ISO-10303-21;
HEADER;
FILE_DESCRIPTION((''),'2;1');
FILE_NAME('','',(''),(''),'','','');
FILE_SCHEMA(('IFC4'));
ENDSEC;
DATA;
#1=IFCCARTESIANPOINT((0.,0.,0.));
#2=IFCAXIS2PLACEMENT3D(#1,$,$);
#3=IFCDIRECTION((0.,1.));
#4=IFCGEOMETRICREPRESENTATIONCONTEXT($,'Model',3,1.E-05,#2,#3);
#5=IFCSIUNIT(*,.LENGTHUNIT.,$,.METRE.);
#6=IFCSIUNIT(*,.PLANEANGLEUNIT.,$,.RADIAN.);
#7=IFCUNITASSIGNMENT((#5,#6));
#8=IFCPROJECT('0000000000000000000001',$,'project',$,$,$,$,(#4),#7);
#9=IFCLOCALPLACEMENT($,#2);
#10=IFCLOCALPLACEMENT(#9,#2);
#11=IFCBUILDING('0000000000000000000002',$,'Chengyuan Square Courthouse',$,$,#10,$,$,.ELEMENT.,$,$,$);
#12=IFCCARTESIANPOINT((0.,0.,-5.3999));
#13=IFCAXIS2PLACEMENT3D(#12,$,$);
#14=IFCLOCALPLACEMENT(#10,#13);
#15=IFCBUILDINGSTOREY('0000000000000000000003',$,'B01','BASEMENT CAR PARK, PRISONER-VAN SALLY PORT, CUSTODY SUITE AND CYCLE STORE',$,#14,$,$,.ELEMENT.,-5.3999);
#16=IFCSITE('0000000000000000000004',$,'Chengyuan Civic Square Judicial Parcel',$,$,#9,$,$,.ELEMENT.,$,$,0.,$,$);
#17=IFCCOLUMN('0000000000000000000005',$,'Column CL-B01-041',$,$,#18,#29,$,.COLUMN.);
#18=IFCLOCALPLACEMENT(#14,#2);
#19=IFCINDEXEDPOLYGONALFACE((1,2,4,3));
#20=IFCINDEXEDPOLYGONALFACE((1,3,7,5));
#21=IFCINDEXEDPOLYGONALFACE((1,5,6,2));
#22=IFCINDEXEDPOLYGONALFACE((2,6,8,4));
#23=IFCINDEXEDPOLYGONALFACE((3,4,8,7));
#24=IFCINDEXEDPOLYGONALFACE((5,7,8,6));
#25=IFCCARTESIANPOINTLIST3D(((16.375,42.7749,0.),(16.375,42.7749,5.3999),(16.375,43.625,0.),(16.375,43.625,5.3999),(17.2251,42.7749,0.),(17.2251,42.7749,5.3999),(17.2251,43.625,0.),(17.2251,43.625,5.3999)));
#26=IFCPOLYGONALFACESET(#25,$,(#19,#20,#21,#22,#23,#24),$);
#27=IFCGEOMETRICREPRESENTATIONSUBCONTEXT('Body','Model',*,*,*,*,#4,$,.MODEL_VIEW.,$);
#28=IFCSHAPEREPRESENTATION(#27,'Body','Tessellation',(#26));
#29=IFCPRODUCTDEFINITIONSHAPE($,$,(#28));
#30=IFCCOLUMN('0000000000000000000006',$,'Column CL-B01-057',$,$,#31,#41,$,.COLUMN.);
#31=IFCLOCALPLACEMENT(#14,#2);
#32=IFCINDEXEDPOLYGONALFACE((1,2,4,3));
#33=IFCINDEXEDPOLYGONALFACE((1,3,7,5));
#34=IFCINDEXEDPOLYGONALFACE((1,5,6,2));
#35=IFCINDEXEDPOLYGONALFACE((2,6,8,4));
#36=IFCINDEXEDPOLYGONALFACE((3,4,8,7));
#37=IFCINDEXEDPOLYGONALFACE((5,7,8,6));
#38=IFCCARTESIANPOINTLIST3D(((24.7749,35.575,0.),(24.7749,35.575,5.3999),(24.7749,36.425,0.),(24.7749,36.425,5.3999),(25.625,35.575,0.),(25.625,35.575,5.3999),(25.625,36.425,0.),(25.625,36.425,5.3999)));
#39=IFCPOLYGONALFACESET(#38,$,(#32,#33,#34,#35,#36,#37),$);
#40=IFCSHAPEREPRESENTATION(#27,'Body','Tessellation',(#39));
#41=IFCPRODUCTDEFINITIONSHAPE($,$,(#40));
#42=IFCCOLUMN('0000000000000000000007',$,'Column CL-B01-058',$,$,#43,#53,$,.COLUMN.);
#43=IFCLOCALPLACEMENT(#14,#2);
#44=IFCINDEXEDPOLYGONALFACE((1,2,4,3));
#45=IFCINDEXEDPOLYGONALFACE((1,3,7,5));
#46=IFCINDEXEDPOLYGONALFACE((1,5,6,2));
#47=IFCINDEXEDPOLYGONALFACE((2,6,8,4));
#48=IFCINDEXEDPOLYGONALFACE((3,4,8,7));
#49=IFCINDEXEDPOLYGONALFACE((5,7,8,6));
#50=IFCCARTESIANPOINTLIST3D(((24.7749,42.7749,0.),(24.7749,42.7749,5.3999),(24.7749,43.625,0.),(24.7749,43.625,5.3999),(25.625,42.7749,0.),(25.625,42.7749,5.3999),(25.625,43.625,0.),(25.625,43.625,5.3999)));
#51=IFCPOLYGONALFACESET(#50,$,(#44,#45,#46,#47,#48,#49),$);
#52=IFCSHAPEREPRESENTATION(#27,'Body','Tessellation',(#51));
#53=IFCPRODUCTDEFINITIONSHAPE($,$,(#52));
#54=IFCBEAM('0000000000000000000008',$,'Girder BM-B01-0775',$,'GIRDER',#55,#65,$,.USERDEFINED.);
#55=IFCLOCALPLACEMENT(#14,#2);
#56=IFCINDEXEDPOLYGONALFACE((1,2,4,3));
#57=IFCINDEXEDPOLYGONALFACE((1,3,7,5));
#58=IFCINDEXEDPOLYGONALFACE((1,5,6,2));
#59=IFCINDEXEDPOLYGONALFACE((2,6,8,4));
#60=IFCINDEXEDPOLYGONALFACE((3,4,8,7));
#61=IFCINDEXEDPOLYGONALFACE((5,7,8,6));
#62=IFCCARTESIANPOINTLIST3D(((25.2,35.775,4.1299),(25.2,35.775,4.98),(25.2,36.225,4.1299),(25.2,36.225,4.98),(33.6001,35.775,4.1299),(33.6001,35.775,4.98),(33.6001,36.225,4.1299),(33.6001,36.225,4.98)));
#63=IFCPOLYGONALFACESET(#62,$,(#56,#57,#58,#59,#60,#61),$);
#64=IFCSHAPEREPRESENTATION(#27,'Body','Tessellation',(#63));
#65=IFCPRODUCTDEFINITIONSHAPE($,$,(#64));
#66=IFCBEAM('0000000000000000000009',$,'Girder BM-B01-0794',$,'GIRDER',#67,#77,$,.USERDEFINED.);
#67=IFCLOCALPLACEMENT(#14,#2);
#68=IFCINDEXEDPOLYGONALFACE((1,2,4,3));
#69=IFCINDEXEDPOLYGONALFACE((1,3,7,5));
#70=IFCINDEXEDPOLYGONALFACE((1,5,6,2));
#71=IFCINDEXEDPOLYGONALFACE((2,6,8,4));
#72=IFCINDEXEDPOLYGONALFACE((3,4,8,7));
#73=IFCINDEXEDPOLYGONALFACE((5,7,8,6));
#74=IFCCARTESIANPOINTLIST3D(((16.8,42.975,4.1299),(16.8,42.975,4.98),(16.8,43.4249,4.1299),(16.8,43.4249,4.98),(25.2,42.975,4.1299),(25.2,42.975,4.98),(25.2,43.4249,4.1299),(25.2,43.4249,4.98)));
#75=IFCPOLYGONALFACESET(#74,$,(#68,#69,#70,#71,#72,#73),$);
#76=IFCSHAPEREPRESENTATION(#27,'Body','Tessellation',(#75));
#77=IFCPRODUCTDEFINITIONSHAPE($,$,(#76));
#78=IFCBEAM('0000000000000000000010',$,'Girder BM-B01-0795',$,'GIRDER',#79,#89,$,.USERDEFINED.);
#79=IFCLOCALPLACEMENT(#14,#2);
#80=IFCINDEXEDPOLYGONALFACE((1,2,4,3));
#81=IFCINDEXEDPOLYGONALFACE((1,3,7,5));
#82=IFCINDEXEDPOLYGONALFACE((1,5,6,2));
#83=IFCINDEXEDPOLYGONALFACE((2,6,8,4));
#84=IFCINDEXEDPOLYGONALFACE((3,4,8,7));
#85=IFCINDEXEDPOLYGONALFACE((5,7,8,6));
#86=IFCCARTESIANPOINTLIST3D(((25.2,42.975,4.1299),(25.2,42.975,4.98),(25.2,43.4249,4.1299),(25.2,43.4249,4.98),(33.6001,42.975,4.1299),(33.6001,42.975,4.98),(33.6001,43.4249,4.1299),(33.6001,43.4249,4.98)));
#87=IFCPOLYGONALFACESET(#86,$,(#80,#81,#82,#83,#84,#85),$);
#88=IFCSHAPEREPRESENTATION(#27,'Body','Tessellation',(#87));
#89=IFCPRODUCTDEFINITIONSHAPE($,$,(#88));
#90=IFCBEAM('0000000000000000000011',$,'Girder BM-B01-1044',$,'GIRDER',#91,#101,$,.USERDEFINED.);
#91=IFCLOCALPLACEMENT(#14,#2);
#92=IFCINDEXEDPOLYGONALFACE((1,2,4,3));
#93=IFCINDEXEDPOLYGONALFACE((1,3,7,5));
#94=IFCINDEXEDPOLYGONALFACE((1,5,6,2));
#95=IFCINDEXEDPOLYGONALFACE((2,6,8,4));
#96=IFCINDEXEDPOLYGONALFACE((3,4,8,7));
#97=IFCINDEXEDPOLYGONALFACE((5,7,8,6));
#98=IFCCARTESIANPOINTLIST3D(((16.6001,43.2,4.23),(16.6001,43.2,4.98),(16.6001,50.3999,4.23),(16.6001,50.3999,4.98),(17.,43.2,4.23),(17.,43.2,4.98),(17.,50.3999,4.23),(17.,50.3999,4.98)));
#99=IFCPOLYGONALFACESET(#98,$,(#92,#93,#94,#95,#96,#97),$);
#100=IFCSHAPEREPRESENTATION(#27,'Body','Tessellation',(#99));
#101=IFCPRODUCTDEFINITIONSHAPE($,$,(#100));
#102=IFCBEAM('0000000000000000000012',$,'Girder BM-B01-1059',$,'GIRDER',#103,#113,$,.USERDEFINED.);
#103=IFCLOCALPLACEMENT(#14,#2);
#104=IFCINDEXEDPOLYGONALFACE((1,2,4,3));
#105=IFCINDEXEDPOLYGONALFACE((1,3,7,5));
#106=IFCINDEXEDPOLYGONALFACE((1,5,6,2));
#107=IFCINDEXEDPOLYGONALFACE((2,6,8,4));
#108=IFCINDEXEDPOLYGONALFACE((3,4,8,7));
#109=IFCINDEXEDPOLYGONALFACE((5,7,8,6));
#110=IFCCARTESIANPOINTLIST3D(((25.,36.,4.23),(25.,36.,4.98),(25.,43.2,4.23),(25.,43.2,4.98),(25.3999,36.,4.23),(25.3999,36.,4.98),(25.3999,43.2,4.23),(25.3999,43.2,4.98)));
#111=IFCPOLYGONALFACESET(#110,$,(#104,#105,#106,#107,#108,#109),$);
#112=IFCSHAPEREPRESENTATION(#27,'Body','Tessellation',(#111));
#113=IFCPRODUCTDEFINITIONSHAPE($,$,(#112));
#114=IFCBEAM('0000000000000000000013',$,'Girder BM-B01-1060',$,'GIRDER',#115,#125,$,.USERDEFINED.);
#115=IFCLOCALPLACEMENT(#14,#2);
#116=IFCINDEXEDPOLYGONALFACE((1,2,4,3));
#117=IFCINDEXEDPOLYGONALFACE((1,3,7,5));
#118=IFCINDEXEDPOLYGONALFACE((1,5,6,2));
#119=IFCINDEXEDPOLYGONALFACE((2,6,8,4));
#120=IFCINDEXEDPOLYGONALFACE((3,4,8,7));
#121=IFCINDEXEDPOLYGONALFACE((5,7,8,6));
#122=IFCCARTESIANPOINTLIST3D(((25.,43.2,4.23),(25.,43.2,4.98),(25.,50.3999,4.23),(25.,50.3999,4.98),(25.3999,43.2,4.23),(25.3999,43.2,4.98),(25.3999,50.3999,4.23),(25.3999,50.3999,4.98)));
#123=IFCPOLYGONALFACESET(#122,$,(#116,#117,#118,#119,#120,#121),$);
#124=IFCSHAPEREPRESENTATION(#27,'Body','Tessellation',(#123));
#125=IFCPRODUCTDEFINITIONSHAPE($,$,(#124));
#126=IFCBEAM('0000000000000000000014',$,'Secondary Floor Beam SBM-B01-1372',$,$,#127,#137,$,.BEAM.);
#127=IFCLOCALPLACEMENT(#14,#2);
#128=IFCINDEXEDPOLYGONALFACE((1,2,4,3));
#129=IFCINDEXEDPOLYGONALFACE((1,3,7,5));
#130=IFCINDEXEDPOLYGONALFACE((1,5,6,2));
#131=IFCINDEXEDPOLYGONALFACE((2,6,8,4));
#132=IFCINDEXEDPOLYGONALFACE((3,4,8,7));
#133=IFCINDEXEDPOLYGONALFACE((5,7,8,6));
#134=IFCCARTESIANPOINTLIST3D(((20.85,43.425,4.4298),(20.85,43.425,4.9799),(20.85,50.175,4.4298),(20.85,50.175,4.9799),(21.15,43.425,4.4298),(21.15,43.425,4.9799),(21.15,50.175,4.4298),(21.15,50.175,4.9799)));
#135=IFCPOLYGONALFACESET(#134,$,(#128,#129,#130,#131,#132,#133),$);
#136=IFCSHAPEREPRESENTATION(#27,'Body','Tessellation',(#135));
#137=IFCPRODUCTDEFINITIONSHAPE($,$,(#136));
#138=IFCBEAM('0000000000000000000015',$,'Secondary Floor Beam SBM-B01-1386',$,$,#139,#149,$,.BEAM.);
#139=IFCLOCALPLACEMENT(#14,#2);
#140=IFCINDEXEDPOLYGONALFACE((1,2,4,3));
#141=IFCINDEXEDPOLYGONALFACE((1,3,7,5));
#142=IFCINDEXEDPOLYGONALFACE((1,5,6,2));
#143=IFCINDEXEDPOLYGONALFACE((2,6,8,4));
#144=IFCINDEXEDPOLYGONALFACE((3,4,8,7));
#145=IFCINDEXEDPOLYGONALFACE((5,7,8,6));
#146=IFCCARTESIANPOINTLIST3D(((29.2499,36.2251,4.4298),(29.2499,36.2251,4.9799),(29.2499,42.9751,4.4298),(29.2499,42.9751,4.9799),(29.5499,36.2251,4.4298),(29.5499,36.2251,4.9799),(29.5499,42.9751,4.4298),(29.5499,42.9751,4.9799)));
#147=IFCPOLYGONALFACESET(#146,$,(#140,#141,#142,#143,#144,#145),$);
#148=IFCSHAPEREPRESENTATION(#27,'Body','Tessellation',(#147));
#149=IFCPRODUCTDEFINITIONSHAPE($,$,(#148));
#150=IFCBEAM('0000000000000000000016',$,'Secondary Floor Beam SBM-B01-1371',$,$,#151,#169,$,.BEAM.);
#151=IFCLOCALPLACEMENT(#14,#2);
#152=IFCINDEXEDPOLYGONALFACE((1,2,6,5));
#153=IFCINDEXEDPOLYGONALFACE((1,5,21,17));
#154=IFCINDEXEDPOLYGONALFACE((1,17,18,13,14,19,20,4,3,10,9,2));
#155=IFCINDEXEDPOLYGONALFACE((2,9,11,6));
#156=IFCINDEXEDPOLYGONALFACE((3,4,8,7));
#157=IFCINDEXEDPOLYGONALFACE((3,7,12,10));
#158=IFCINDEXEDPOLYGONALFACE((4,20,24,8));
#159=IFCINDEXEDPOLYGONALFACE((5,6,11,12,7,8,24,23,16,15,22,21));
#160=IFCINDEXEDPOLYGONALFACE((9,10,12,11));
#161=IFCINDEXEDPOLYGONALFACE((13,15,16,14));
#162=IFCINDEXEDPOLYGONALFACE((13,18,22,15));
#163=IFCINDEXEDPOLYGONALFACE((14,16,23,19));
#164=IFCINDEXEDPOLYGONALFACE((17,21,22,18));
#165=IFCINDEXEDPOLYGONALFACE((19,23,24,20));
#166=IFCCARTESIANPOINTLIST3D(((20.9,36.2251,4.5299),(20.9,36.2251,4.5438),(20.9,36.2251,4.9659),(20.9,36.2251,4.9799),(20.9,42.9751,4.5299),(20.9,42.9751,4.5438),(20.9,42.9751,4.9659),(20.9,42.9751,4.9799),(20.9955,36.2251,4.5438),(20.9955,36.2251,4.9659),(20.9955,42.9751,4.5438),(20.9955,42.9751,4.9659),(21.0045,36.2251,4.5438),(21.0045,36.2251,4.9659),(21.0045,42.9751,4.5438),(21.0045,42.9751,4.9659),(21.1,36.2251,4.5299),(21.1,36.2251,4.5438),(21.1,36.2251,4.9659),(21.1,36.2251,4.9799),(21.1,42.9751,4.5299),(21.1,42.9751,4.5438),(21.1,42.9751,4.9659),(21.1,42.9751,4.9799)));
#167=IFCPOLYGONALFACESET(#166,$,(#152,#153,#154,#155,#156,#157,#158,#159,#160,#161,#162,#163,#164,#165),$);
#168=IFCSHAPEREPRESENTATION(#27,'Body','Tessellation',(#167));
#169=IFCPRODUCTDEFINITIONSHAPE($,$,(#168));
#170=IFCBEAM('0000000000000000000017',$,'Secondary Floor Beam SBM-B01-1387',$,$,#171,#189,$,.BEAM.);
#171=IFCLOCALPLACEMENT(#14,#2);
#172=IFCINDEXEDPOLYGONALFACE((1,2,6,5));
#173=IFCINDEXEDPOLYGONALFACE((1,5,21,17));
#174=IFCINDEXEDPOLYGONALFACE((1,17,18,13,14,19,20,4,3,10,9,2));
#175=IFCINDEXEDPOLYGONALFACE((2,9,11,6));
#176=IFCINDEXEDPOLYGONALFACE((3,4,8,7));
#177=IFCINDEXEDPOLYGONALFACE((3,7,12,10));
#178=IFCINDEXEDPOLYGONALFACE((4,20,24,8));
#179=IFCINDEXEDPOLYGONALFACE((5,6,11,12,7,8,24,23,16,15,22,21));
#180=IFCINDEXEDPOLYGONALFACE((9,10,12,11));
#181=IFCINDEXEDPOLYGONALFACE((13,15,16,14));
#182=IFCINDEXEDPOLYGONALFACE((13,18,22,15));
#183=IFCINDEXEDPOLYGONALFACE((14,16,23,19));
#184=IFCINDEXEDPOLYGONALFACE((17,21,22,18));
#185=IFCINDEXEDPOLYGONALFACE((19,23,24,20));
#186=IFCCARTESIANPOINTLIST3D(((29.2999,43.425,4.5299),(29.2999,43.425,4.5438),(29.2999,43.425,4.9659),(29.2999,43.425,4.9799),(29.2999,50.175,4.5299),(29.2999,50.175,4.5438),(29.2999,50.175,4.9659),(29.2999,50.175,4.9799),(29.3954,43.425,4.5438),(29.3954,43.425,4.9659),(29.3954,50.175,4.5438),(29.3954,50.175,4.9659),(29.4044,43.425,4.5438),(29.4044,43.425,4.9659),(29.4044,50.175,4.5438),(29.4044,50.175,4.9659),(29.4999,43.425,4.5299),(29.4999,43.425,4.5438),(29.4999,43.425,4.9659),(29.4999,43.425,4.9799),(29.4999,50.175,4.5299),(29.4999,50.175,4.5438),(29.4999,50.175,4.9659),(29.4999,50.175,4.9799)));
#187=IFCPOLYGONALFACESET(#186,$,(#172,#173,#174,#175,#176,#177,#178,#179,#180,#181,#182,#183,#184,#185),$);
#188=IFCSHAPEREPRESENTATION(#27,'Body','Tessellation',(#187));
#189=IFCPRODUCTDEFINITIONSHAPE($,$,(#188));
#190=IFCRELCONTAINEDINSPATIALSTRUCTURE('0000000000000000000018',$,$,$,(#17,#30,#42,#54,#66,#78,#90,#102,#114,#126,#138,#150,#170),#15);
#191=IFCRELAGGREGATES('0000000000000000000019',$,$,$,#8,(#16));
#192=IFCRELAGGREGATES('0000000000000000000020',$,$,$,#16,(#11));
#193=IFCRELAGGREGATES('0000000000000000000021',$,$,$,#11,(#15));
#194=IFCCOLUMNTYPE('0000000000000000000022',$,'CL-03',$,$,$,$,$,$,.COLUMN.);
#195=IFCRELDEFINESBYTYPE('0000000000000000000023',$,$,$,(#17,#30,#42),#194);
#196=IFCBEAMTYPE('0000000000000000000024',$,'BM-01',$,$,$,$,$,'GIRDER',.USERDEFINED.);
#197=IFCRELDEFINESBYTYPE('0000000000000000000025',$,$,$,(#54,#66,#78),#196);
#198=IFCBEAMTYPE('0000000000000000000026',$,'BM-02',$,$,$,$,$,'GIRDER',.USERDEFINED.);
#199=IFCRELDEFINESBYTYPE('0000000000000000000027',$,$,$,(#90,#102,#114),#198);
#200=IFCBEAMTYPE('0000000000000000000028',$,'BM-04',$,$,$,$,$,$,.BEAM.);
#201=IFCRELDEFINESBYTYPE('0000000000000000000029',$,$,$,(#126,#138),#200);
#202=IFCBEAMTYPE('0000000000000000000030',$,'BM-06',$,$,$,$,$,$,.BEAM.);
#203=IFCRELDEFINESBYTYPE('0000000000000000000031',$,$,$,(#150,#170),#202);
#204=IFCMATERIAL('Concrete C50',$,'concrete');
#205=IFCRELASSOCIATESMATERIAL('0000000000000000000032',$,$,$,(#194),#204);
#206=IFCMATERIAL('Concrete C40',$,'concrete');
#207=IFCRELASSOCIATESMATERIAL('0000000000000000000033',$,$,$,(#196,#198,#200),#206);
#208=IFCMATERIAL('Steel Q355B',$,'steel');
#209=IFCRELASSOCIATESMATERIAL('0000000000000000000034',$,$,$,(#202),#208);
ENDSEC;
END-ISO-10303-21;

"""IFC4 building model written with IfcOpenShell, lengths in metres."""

from ifc_helpers import new_model, si_unit, direction, frame, origin, origin_2d, place, context, subcontext, project, spatial, rectangle, i_section, extrude, material, material_profile, profile_set, type_object, element, save


model = new_model("IFC4")

# Units and contexts
model_context = context("Model", 3, precision=1e-05, world=origin(), true_north=direction((0.0, 1.0)))
body_context = subcontext(model_context, "Body", "Model", "MODEL_VIEW")
ifc_project = project(units=[si_unit("LENGTHUNIT", "METRE"), si_unit("PLANEANGLEUNIT", "RADIAN")], contexts=[model_context])

# Site, building, storey
site_placement = place(None, origin())
site = spatial("IfcSite", under=ifc_project, at=site_placement, Name="Chengyuan Civic Square Judicial Parcel", CompositionType="ELEMENT", RefElevation=0.0)
building_placement = place(site_placement, origin())
building = spatial("IfcBuilding", under=site, at=building_placement, Name="Chengyuan Square Courthouse", CompositionType="ELEMENT")
storey_placement = place(building_placement, frame((0.0, 0.0, -5.3999)))
storey = spatial("IfcBuildingStorey", under=building, at=storey_placement, Name="B01", Description="BASEMENT CAR PARK, PRISONER-VAN SALLY PORT, CUSTODY SUITE AND CYCLE STORE", CompositionType="ELEMENT", Elevation=-5.3999)

# Columns
ifc_material_1 = material(Name="Concrete C50", Category="concrete")
ifc_material_profile_1 = material_profile(ifc_material_1, rectangle(XDim=0.8501, YDim=0.8501, at=origin_2d()), Name="RC-COL-850x850")
ifc_profile_set_1 = profile_set([ifc_material_profile_1], Name="Concrete C50")
column_type = type_object("IfcColumnType", Name="CL-03", PredefinedType="COLUMN", material=ifc_profile_set_1)
for number, where, z_axis, x_axis, name in (
    (1, (16.8, 43.2, 0.0), (0.0, 0.0, 1.0), (1.0, 0.0, 0.0), "Column CL-B01-041"),
    (2, (25.2, 36.0, 0.0), (0.0, 0.0, 1.0), (1.0, 0.0, 0.0), "Column CL-B01-057"),
    (3, (25.2, 43.2, 0.0), (0.0, 0.0, 1.0), (1.0, 0.0, 0.0), "Column CL-B01-058"),
):
    element("IfcColumn", number, at=place(storey_placement, frame(where, z_axis=z_axis, x_axis=x_axis)), inside=storey, type_object=column_type, Name=name, PredefinedType="COLUMN", context=body_context, shape_type="SweptSolid", body=[
        extrude(rectangle(XDim=0.8501, YDim=0.8501, at=origin_2d()), origin(), (0.0, 0.0, 1.0), 5.3999),
    ])

# Beams
ifc_material_2 = material(Name="Concrete C40", Category="concrete")
ifc_material_profile_2 = material_profile(ifc_material_2, rectangle(XDim=0.45, YDim=0.8501, at=origin_2d()), Name="RC-BM-450x850")
ifc_profile_set_2 = profile_set([ifc_material_profile_2], Name="Concrete C40")
beam_type_1 = type_object("IfcBeamType", Name="BM-01", ElementType="GIRDER", PredefinedType="USERDEFINED", material=ifc_profile_set_2)
beam_1_placement = place(storey_placement, frame((25.2, 36.0, 4.5549), z_axis=(1.0, 0.0, 0.0), x_axis=(0.0, 1.0, 0.0)))
element("IfcBeam", 4, at=beam_1_placement, inside=storey, type_object=beam_type_1, Name="Girder BM-B01-0775", ObjectType="GIRDER", PredefinedType="USERDEFINED", context=body_context, shape_type="SweptSolid", body=[
    extrude(rectangle(XDim=0.45, YDim=0.8501, at=origin_2d()), origin(), (0.0, 0.0, 1.0), 8.4001),
])
beam_2_placement = place(storey_placement, frame((16.8, 43.2, 4.5549), z_axis=(1.0, 0.0, 0.0), x_axis=(0.0, 1.0, 0.0)))
element("IfcBeam", 5, at=beam_2_placement, inside=storey, type_object=beam_type_1, Name="Girder BM-B01-0794", ObjectType="GIRDER", PredefinedType="USERDEFINED", context=body_context, shape_type="SweptSolid", body=[
    extrude(rectangle(XDim=0.45, YDim=0.8501, at=origin_2d()), origin(), (0.0, 0.0, 1.0), 8.3999),
])
beam_3_placement = place(storey_placement, frame((25.2, 43.2, 4.5549), z_axis=(1.0, 0.0, 0.0), x_axis=(0.0, 1.0, 0.0)))
element("IfcBeam", 6, at=beam_3_placement, inside=storey, type_object=beam_type_1, Name="Girder BM-B01-0795", ObjectType="GIRDER", PredefinedType="USERDEFINED", context=body_context, shape_type="SweptSolid", body=[
    extrude(rectangle(XDim=0.45, YDim=0.8501, at=origin_2d()), origin(), (0.0, 0.0, 1.0), 8.4001),
])
ifc_material_profile_3 = material_profile(ifc_material_2, rectangle(XDim=0.3999, YDim=0.75, at=origin_2d()), Name="RC-BM-400x750")
ifc_profile_set_3 = profile_set([ifc_material_profile_3], Name="Concrete C40")
beam_type_2 = type_object("IfcBeamType", Name="BM-02", ElementType="GIRDER", PredefinedType="USERDEFINED", material=ifc_profile_set_3)
for number, where, z_axis, x_axis, name in (
    (7, (16.8, 43.2, 4.605), (0.0, 1.0, 0.0), (-1.0, 0.0, 0.0), "Girder BM-B01-1044"),
    (8, (25.2, 36.0, 4.605), (0.0, 1.0, 0.0), (-1.0, 0.0, 0.0), "Girder BM-B01-1059"),
    (9, (25.2, 43.2, 4.605), (0.0, 1.0, 0.0), (-1.0, 0.0, 0.0), "Girder BM-B01-1060"),
):
    element("IfcBeam", number, at=place(storey_placement, frame(where, z_axis=z_axis, x_axis=x_axis)), inside=storey, type_object=beam_type_2, Name=name, ObjectType="GIRDER", PredefinedType="USERDEFINED", context=body_context, shape_type="SweptSolid", body=[
        extrude(rectangle(XDim=0.3999, YDim=0.75, at=origin_2d()), origin(), (0.0, 0.0, 1.0), 7.2),
    ])
ifc_material_profile_4 = material_profile(ifc_material_2, rectangle(XDim=0.3, YDim=0.55, at=origin_2d()), Name="RC-BM-300x550")
ifc_profile_set_4 = profile_set([ifc_material_profile_4], Name="Concrete C40")
beam_type_3 = type_object("IfcBeamType", Name="BM-04", PredefinedType="BEAM", material=ifc_profile_set_4)
for number, where, z_axis, x_axis, name in (
    (10, (21.0, 43.425, 4.7048), (0.0, 1.0, 0.0), (-1.0, 0.0, 0.0), "Secondary Floor Beam SBM-B01-1372"),
    (11, (29.3999, 36.2251, 4.7048), (0.0, 1.0, 0.0), (-1.0, 0.0, 0.0), "Secondary Floor Beam SBM-B01-1386"),
):
    element("IfcBeam", number, at=place(storey_placement, frame(where, z_axis=z_axis, x_axis=x_axis)), inside=storey, type_object=beam_type_3, Name=name, PredefinedType="BEAM", context=body_context, shape_type="SweptSolid", body=[
        extrude(rectangle(XDim=0.3, YDim=0.55, at=origin_2d()), origin(), (0.0, 0.0, 1.0), 6.75),
    ])
ifc_material_3 = material(Name="Steel Q355B", Category="steel")
ifc_material_profile_5 = material_profile(ifc_material_3, i_section(OverallWidth=0.2, OverallDepth=0.45, WebThickness=0.009, FlangeThickness=0.0139, at=origin_2d()), Name="HN 450x200x9x14")
ifc_profile_set_5 = profile_set([ifc_material_profile_5], Name="Steel Q355B")
beam_type_4 = type_object("IfcBeamType", Name="BM-06", PredefinedType="BEAM", material=ifc_profile_set_5)
for number, where, z_axis, x_axis, name in (
    (12, (21.0, 36.2251, 4.7549), (0.0, 1.0, 0.0), (-1.0, 0.0, 0.0), "Secondary Floor Beam SBM-B01-1371"),
    (13, (29.3999, 43.425, 4.7549), (0.0, 1.0, 0.0), (-1.0, 0.0, 0.0), "Secondary Floor Beam SBM-B01-1387"),
):
    element("IfcBeam", number, at=place(storey_placement, frame(where, z_axis=z_axis, x_axis=x_axis)), inside=storey, type_object=beam_type_4, Name=name, PredefinedType="BEAM", context=body_context, shape_type="SweptSolid", body=[
        extrude(i_section(OverallWidth=0.2, OverallDepth=0.45, WebThickness=0.009, FlangeThickness=0.0139, at=origin_2d()), origin(), (0.0, 0.0, 1.0), 6.75),
    ])

save(model, "model.ifc")
